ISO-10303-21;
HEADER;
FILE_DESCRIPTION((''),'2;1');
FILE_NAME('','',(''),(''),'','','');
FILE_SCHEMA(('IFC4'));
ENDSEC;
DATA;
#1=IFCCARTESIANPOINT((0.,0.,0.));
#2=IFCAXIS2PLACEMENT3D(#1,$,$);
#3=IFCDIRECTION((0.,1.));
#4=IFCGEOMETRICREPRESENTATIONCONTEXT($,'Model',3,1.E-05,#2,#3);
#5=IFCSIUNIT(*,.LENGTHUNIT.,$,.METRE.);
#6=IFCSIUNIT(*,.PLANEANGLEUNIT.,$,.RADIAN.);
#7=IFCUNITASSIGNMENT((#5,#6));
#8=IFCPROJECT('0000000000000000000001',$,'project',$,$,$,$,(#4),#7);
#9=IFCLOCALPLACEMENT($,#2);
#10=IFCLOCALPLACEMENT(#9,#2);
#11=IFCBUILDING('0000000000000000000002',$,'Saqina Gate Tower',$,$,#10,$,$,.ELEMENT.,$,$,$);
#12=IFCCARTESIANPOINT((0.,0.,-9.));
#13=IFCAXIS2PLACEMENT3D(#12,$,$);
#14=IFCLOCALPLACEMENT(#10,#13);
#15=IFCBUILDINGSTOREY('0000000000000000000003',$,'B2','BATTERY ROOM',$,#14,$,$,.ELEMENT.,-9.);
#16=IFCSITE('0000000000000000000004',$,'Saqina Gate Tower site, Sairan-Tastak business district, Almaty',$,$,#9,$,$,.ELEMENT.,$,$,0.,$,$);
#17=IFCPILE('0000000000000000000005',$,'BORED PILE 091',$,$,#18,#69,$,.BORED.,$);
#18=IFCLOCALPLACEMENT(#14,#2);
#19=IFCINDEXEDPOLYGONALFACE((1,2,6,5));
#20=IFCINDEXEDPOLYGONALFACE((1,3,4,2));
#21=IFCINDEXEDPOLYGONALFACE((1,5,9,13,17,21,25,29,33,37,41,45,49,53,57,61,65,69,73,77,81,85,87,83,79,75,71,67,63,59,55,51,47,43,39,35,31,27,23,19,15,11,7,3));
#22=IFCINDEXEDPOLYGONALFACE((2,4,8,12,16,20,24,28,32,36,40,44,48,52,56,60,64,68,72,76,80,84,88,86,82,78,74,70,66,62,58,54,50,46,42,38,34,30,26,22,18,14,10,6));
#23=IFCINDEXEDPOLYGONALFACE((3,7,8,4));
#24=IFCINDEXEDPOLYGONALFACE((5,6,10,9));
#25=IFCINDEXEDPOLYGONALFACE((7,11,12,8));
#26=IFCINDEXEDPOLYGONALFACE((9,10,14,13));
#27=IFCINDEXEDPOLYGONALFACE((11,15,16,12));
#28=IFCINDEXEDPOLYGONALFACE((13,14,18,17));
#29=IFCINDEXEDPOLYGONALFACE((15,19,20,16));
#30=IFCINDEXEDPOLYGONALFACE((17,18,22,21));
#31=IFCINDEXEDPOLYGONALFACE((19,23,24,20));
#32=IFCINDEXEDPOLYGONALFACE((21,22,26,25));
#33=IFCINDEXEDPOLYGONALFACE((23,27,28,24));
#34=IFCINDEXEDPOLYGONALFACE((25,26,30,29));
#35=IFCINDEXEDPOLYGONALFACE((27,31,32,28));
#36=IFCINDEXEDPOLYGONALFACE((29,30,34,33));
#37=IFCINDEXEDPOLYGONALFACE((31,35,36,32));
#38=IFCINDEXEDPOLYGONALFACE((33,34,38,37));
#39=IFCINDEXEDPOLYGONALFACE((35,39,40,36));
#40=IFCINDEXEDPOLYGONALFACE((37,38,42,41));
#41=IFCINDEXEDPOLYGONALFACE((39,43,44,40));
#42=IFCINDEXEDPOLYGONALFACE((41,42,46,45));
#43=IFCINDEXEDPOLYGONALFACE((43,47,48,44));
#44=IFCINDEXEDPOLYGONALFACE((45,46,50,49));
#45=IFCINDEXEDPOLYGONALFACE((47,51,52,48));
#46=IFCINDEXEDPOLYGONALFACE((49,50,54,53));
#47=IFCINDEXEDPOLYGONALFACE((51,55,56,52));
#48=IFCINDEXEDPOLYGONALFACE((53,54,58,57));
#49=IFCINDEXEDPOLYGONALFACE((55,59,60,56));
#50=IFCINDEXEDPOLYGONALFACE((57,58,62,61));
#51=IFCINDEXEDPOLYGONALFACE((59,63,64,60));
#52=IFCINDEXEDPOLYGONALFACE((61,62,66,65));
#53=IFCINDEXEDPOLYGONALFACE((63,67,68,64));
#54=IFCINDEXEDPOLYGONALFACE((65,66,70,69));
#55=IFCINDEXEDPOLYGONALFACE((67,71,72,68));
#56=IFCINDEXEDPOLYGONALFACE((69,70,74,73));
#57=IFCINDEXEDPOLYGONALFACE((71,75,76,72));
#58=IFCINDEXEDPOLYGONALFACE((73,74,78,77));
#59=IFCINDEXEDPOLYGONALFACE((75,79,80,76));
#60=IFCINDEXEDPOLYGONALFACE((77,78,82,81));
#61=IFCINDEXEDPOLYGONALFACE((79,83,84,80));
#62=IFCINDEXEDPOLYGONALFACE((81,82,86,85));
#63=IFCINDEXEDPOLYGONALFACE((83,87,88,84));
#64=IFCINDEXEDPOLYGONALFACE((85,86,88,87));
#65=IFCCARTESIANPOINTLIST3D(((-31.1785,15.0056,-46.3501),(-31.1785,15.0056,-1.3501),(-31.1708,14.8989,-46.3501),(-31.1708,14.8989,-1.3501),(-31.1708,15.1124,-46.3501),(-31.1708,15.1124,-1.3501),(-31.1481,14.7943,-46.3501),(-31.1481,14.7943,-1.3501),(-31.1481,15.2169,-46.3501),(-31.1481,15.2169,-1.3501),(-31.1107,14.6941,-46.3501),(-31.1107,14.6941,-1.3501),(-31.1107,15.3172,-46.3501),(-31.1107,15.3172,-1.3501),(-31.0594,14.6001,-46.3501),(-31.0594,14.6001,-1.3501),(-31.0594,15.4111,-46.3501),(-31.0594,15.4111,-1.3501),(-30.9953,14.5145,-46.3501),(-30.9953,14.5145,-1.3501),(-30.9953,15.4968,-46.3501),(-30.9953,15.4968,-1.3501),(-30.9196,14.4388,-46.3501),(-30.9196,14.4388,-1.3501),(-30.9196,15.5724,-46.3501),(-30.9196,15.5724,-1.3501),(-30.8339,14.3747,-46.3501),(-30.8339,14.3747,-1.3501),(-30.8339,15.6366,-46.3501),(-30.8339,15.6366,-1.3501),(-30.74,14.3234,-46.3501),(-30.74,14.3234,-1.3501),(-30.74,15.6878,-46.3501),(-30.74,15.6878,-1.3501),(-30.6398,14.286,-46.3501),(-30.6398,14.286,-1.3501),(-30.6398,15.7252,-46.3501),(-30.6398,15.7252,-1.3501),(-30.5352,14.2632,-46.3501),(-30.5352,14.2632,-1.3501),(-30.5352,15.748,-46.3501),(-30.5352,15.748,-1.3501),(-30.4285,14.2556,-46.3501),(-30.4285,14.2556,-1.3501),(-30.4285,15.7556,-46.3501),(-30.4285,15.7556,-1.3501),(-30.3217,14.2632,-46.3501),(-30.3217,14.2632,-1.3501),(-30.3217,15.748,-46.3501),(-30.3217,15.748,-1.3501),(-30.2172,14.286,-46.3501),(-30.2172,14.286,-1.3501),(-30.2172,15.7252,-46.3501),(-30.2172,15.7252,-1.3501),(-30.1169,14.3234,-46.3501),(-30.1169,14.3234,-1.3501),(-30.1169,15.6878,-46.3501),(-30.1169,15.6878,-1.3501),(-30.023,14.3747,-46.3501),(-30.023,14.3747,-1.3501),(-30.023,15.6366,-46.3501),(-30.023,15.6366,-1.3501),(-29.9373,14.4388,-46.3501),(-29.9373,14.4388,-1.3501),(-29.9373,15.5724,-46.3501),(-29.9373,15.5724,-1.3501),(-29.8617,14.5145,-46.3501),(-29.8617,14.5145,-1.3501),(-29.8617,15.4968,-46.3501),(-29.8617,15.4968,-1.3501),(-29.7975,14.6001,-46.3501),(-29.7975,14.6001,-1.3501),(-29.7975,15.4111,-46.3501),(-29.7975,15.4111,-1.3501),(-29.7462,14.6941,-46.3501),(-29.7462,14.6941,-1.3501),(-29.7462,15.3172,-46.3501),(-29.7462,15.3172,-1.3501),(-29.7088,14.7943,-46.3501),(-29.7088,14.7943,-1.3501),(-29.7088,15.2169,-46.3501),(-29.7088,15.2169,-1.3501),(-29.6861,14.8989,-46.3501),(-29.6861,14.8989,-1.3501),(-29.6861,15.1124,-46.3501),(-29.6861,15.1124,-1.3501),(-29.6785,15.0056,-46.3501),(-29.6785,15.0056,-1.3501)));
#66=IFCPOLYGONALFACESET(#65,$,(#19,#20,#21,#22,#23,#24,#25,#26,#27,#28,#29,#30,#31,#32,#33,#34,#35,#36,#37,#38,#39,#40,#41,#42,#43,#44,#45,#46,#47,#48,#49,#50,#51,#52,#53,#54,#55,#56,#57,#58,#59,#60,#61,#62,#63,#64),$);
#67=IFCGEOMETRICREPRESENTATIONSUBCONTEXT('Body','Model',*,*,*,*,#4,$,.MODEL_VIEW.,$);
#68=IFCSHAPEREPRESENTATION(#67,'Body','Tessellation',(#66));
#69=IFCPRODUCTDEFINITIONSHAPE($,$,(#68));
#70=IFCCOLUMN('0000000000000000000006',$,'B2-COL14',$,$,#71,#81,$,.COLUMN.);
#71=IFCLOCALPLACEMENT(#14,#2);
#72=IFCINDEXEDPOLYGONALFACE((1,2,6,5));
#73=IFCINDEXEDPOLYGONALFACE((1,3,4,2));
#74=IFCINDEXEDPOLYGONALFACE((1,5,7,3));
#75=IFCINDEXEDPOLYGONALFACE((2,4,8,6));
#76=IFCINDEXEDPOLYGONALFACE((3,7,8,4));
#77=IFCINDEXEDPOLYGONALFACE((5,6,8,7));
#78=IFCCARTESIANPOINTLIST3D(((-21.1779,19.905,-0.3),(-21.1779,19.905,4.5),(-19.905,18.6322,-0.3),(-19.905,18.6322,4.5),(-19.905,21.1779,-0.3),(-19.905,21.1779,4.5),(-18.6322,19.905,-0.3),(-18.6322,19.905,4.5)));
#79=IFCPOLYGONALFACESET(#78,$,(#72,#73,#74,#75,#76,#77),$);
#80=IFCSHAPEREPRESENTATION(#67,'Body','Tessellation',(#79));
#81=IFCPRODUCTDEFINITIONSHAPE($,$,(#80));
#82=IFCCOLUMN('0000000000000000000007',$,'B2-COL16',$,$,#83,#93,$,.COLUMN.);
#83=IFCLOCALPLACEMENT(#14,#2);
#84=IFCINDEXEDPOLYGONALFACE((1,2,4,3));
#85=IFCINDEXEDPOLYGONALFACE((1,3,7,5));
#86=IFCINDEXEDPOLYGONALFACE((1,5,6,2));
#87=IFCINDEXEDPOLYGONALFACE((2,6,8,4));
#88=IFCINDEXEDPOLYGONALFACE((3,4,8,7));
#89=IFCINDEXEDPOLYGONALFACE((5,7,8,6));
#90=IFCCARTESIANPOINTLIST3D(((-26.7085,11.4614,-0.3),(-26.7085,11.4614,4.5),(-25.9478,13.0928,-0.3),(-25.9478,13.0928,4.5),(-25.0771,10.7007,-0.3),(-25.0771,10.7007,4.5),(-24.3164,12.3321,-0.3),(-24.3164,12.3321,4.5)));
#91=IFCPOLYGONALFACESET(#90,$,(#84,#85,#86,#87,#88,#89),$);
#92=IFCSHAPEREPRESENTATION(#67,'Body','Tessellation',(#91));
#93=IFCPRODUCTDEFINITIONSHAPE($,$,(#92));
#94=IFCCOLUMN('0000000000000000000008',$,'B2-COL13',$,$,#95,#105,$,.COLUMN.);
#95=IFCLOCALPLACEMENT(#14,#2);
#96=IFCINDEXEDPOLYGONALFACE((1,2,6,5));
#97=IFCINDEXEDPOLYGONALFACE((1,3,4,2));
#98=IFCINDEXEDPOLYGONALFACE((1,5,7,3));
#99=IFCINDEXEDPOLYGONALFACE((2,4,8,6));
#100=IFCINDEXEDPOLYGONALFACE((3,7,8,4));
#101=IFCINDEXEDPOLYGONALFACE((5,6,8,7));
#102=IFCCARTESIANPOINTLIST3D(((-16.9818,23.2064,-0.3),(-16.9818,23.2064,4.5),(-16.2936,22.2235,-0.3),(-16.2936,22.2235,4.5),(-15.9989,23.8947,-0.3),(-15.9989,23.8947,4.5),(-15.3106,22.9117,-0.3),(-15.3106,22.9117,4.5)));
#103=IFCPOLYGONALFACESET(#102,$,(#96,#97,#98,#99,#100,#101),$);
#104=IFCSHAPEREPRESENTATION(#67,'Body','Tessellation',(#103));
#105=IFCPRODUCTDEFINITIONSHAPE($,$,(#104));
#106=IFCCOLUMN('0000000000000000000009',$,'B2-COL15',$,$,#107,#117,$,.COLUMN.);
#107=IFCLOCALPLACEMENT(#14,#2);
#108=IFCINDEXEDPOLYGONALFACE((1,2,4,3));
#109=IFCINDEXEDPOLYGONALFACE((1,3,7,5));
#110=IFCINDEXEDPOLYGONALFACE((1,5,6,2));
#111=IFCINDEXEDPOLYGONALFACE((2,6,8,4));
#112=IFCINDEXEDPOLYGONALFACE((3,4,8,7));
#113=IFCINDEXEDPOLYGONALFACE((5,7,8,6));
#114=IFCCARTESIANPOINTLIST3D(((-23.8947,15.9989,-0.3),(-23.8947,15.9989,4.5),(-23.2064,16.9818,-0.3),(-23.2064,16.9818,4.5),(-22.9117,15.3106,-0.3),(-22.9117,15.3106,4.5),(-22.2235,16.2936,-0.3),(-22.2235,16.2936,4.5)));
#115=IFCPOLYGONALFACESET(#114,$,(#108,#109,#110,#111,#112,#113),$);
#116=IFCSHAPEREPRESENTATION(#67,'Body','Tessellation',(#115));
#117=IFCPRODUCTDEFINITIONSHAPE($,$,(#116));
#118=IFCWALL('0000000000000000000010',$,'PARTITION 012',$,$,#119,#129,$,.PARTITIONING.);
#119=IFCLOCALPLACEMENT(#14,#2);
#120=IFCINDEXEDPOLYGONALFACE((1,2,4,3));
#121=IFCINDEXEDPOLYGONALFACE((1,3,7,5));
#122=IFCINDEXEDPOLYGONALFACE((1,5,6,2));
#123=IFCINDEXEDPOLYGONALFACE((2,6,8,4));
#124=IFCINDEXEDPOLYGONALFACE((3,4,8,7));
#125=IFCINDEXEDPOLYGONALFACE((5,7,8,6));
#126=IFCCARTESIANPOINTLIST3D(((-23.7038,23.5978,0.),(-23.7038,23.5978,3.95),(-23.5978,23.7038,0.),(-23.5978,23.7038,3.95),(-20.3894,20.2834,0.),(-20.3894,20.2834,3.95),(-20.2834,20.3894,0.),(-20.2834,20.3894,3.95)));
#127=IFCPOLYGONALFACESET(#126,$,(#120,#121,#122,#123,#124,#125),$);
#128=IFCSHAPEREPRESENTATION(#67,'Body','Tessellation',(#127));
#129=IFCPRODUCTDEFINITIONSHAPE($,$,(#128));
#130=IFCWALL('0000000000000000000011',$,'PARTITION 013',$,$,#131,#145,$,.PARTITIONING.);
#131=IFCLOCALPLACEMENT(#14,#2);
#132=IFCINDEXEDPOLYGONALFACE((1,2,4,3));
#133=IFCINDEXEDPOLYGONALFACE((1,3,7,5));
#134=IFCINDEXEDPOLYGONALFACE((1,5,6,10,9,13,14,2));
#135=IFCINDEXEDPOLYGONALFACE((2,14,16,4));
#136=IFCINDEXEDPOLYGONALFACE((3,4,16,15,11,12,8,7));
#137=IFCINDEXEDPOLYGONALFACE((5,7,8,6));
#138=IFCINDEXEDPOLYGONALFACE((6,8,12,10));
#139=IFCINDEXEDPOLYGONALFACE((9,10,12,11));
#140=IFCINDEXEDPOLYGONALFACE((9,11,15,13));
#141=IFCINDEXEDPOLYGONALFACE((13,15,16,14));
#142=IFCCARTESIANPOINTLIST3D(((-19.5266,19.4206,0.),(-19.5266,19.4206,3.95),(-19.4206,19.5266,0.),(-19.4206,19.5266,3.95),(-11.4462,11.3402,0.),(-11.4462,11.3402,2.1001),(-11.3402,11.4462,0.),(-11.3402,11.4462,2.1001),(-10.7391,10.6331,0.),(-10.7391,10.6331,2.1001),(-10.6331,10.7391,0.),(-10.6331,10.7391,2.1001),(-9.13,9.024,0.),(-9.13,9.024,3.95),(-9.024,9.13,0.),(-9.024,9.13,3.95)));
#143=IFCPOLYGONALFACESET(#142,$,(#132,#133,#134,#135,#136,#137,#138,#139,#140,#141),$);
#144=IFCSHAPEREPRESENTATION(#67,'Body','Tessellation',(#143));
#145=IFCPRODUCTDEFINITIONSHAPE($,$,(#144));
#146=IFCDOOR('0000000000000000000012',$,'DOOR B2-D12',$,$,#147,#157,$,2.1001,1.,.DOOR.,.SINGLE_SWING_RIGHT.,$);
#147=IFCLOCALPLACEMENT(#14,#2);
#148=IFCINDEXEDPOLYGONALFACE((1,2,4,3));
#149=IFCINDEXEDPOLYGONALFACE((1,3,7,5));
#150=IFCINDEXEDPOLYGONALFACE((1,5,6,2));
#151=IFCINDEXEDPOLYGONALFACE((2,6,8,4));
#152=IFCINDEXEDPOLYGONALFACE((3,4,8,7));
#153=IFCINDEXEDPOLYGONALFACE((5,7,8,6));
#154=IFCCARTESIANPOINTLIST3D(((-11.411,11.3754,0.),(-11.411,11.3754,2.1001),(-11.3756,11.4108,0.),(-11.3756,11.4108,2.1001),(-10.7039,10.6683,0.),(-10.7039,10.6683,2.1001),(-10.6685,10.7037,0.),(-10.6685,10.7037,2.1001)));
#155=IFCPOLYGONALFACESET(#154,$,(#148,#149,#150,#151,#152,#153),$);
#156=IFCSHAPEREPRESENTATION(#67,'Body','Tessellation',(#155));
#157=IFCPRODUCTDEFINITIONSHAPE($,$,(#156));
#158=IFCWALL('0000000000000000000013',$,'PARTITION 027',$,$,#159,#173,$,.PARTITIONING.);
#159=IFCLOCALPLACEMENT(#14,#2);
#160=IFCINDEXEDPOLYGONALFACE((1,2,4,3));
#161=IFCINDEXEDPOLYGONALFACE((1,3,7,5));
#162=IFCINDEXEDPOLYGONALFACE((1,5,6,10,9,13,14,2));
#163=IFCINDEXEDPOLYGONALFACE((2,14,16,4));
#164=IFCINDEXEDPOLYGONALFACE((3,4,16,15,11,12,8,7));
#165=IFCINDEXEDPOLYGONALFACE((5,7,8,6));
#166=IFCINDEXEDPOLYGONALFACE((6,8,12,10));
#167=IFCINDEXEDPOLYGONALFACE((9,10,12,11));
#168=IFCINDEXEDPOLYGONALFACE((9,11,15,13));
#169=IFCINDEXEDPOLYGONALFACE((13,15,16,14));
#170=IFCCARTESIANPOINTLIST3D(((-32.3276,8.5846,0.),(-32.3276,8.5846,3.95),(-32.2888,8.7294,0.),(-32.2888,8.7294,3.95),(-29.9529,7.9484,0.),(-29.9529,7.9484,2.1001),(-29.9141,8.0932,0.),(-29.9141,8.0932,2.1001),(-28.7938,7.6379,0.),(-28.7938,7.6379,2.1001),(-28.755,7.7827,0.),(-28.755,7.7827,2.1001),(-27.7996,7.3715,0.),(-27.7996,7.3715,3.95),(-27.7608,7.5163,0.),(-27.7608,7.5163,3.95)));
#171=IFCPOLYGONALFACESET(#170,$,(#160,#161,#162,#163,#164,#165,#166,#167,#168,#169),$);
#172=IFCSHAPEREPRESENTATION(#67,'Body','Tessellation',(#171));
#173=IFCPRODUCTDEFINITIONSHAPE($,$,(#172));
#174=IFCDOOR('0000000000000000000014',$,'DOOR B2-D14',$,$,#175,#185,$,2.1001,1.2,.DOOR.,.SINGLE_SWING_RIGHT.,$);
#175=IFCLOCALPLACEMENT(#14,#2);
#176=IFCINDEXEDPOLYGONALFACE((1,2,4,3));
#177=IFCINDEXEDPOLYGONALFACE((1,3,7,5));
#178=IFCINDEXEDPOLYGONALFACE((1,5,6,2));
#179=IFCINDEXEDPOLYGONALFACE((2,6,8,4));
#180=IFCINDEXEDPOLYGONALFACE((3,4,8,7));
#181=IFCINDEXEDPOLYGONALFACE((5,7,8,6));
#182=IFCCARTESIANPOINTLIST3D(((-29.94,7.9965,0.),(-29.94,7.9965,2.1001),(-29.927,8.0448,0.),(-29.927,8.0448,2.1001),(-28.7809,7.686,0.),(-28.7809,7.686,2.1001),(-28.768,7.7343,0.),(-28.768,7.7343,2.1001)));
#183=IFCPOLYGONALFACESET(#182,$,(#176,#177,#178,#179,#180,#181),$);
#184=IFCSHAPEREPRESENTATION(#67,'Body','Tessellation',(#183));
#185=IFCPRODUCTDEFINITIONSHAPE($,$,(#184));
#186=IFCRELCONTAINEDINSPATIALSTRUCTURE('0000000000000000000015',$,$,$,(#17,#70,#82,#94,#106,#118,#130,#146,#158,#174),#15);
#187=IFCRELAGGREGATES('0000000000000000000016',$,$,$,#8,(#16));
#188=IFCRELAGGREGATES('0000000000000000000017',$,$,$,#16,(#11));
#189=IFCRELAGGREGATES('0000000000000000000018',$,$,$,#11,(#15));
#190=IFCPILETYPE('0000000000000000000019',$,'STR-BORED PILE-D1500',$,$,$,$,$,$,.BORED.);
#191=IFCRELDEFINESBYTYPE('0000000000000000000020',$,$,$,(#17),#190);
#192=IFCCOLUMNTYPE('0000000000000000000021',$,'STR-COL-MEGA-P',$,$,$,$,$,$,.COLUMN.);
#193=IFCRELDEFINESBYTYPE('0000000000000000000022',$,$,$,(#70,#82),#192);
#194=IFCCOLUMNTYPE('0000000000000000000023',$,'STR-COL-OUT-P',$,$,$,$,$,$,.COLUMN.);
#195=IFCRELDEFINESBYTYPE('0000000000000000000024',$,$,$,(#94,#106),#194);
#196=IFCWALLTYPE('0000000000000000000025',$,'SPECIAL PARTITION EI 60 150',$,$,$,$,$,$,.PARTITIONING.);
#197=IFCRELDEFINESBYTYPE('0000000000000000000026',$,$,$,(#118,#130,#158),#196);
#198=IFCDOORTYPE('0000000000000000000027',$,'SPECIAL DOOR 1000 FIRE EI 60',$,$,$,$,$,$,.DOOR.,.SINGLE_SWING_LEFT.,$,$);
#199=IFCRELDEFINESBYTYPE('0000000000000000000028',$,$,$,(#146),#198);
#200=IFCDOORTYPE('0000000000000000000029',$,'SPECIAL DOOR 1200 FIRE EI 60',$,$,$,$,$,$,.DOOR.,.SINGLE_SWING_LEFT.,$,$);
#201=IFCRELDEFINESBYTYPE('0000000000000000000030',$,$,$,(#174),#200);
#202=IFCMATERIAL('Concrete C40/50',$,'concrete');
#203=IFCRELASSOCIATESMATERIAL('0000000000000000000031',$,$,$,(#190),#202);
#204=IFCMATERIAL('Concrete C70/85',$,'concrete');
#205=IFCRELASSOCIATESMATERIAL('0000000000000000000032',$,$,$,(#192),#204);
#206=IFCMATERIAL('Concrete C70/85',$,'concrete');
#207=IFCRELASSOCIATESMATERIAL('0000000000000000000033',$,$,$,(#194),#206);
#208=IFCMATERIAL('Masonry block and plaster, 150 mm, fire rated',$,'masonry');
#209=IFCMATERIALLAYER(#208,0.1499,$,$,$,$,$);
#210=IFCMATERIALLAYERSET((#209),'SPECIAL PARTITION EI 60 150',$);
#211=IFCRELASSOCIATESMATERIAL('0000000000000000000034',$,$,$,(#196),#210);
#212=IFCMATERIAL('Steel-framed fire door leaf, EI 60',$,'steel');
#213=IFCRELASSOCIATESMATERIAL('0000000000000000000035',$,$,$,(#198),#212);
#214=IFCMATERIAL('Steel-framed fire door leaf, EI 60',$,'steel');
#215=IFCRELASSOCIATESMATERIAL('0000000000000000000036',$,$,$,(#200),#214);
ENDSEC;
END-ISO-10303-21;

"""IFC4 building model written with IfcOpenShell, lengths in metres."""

from ifc_helpers import new_model, si_unit, direction, frame, frame_2d, origin, origin_2d, place, context, subcontext, project, spatial, rectangle, circle, extrude, material, layer, layer_set, material_profile, profile_set, type_object, element, fill, save


model = new_model("IFC4")

# Units and contexts
model_context = context("Model", 3, precision=1e-05, world=origin(), true_north=direction((0.0, 1.0)))
body_context = subcontext(model_context, "Body", "Model", "MODEL_VIEW")
ifc_project = project(units=[si_unit("LENGTHUNIT", "METRE"), si_unit("PLANEANGLEUNIT", "RADIAN")], contexts=[model_context])

# Site, building, storey
site_placement = place(None, origin())
site = spatial("IfcSite", under=ifc_project, at=site_placement, Name="Saqina Gate Tower site, Sairan-Tastak business district, Almaty", CompositionType="ELEMENT", RefElevation=0.0)
building_placement = place(site_placement, origin())
building = spatial("IfcBuilding", under=site, at=building_placement, Name="Saqina Gate Tower", CompositionType="ELEMENT")
storey_placement = place(building_placement, frame((0.0, 0.0, -9.0)))
storey = spatial("IfcBuildingStorey", under=building, at=storey_placement, Name="B2", Description="BATTERY ROOM", CompositionType="ELEMENT", Elevation=-9.0)

# Pile
ifc_material_1 = material(Name="Concrete C40/50", Category="concrete")
ifc_material_profile_1 = material_profile(ifc_material_1, circle(Radius=0.75, at=origin_2d()), Name="RC D1500")
ifc_profile_set_1 = profile_set([ifc_material_profile_1], Name="Concrete C40/50")
pile_type = type_object("IfcPileType", Name="STR-BORED PILE-D1500", PredefinedType="BORED", material=ifc_profile_set_1)
for number, where, z_axis, x_axis, name in (
    (1, (-30.4285, 15.0056, -1.3501), (0.0, 0.0, -1.0), (1.0, 0.0, 0.0), "BORED PILE 091"),
):
    element("IfcPile", number, at=place(storey_placement, frame(where, z_axis=z_axis, x_axis=x_axis)), inside=storey, type_object=pile_type, Name=name, PredefinedType="BORED", context=body_context, shape_type="SweptSolid", body=[
        extrude(circle(Radius=0.75, at=origin_2d()), origin(), (0.0, 0.0, 1.0), 45.0),
    ])

# Columns
ifc_material_2 = material(Name="Concrete C70/85", Category="concrete")
ifc_material_profile_2 = material_profile(ifc_material_2, rectangle(XDim=1.8, YDim=1.8, at=origin_2d()), Name="RC 1800x1800")
ifc_profile_set_2 = profile_set([ifc_material_profile_2], Name="Concrete C70/85")
column_type_1 = type_object("IfcColumnType", Name="STR-COL-MEGA-P", PredefinedType="COLUMN", material=ifc_profile_set_2)
for number, where, z_axis, x_axis, name in (
    (2, (-19.905, 19.905, -0.3), (0.0, 0.0, 1.0), (-0.707107, 0.707107, 0.0), "B2-COL14"),
    (3, (-25.5125, 11.8967, -0.3), (0.0, 0.0, 1.0), (-0.906308, 0.422618, 0.0), "B2-COL16"),
):
    element("IfcColumn", number, at=place(storey_placement, frame(where, z_axis=z_axis, x_axis=x_axis)), inside=storey, type_object=column_type_1, Name=name, PredefinedType="COLUMN", context=body_context, shape_type="SweptSolid", body=[
        extrude(rectangle(XDim=1.8, YDim=1.8, at=origin_2d()), origin(), (0.0, 0.0, 1.0), 4.8),
    ])
ifc_material_3 = material(Name="Concrete C70/85", Category="concrete")
ifc_material_profile_3 = material_profile(ifc_material_3, rectangle(XDim=1.2, YDim=1.2, at=origin_2d()), Name="RC 1200x1200")
ifc_profile_set_3 = profile_set([ifc_material_profile_3], Name="Concrete C70/85")
column_type_2 = type_object("IfcColumnType", Name="STR-COL-OUT-P", PredefinedType="COLUMN", material=ifc_profile_set_3)
for number, where, z_axis, x_axis, name in (
    (4, (-16.1462, 23.0591, -0.3), (0.0, 0.0, 1.0), (-0.573576, 0.819152, 0.0), "B2-COL13"),
    (5, (-23.0591, 16.1462, -0.3), (0.0, 0.0, 1.0), (-0.819152, 0.573576, 0.0), "B2-COL15"),
):
    element("IfcColumn", number, at=place(storey_placement, frame(where, z_axis=z_axis, x_axis=x_axis)), inside=storey, type_object=column_type_2, Name=name, PredefinedType="COLUMN", context=body_context, shape_type="SweptSolid", body=[
        extrude(rectangle(XDim=1.2, YDim=1.2, at=origin_2d()), origin(), (0.0, 0.0, 1.0), 4.8),
    ])

# Wall
ifc_material_4 = material(Name="Masonry block and plaster, 150 mm, fire rated", Category="masonry")
ifc_layer_1 = layer(ifc_material_4, 0.1499)
ifc_layer_set_1 = layer_set([ifc_layer_1], Name="SPECIAL PARTITION EI 60 150")
wall_type_1 = type_object("IfcWallType", Name="SPECIAL PARTITION EI 60 150", PredefinedType="PARTITIONING", material=ifc_layer_set_1)
wall_1_placement = place(storey_placement, frame((-23.6509, 23.6509, 0.0), z_axis=(0.0, 0.0, 1.0), x_axis=(0.707107, -0.707107, 0.0)))
element("IfcWall", 6, at=wall_1_placement, inside=storey, type_object=wall_type_1, Name="PARTITION 012", PredefinedType="PARTITIONING", context=body_context, shape_type="SweptSolid", body=[
    extrude(rectangle(XDim=4.6873, YDim=0.1499, at=frame_2d((2.3438, 0.0))), origin(), (0.0, 0.0, 1.0), 3.95),
])

# Walls, openings, doors
wall_2_placement = place(storey_placement, frame((-19.4736, 19.4736, 0.0), z_axis=(0.0, 0.0, 1.0), x_axis=(0.707107, -0.707107, 0.0)))
wall_2 = element("IfcWall", 7, at=wall_2_placement, inside=storey, type_object=wall_type_1, Name="PARTITION 013", PredefinedType="PARTITIONING", context=body_context, shape_type="SweptSolid", body=[
    extrude(rectangle(XDim=14.7031, YDim=0.1499, at=frame_2d((7.3516, 0.0))), origin(), (0.0, 0.0, 1.0), 3.95),
])
opening_1_placement = place(wall_2_placement, frame((11.4275, 0.0, 0.0)))
opening_1 = element("IfcOpeningElement", 8, at=opening_1_placement, cuts=wall_2, PredefinedType="OPENING", context=body_context, shape_type="SweptSolid", body=[
    extrude(rectangle(XDim=1.0, YDim=2.1001, at=frame_2d((0.5, 1.05))), frame((0.0, 0.0869, 0.0), z_axis=(0.0, -1.0, 0.0), x_axis=(1.0, 0.0, 0.0)), (0.0, 0.0, 1.0), 0.1738),
])
ifc_material_5 = material(Name="Steel-framed fire door leaf, EI 60", Category="steel")
door_type_1 = type_object("IfcDoorType", Name="SPECIAL DOOR 1000 FIRE EI 60", OperationType="SINGLE_SWING_LEFT", PredefinedType="DOOR", material=ifc_material_5)
door_1_placement = place(opening_1_placement, origin())
door_1 = element("IfcDoor", 9, at=door_1_placement, inside=storey, type_object=door_type_1, Name="DOOR B2-D12", OperationType="SINGLE_SWING_RIGHT", OverallHeight=2.1001, OverallWidth=1.0, PredefinedType="DOOR", context=body_context, shape_type="SweptSolid", body=[
    extrude(rectangle(XDim=1.0, YDim=2.1001, at=frame_2d((0.5, 1.05))), frame((0.0, 0.0249, 0.0), z_axis=(0.0, -1.0, 0.0), x_axis=(1.0, 0.0, 0.0)), (0.0, 0.0, 1.0), 0.05),
])
fill(opening_1, door_1)
wall_3_placement = place(storey_placement, frame((-32.3081, 8.657, 0.0), z_axis=(0.0, 0.0, 1.0), x_axis=(0.965934, -0.258787, 0.0)))
wall_3 = element("IfcWall", 10, at=wall_3_placement, inside=storey, type_object=wall_type_1, Name="PARTITION 027", PredefinedType="PARTITIONING", context=body_context, shape_type="SweptSolid", body=[
    extrude(rectangle(XDim=4.6877, YDim=0.1499, at=frame_2d((2.3438, 0.0))), origin(), (0.0, 0.0, 1.0), 3.95),
])
opening_2_placement = place(wall_3_placement, frame((2.4583, 0.0, 0.0)))
opening_2 = element("IfcOpeningElement", 11, at=opening_2_placement, cuts=wall_3, PredefinedType="OPENING", context=body_context, shape_type="SweptSolid", body=[
    extrude(rectangle(XDim=1.2, YDim=2.1001, at=frame_2d((0.6001, 1.05))), frame((0.0, 0.0869, 0.0), z_axis=(0.0, -1.0, 0.0), x_axis=(1.0, 0.0, 0.0)), (0.0, 0.0, 1.0), 0.1738),
])
ifc_material_6 = material(Name="Steel-framed fire door leaf, EI 60", Category="steel")
door_type_2 = type_object("IfcDoorType", Name="SPECIAL DOOR 1200 FIRE EI 60", OperationType="SINGLE_SWING_LEFT", PredefinedType="DOOR", material=ifc_material_6)
door_2_placement = place(opening_2_placement, origin())
door_2 = element("IfcDoor", 12, at=door_2_placement, inside=storey, type_object=door_type_2, Name="DOOR B2-D14", OperationType="SINGLE_SWING_RIGHT", OverallHeight=2.1001, OverallWidth=1.2, PredefinedType="DOOR", context=body_context, shape_type="SweptSolid", body=[
    extrude(rectangle(XDim=1.2, YDim=2.1001, at=frame_2d((0.6001, 1.05))), frame((0.0, 0.0249, 0.0), z_axis=(0.0, -1.0, 0.0), x_axis=(1.0, 0.0, 0.0)), (0.0, 0.0, 1.0), 0.05),
])
fill(opening_2, door_2)

save(model, "model.ifc")
